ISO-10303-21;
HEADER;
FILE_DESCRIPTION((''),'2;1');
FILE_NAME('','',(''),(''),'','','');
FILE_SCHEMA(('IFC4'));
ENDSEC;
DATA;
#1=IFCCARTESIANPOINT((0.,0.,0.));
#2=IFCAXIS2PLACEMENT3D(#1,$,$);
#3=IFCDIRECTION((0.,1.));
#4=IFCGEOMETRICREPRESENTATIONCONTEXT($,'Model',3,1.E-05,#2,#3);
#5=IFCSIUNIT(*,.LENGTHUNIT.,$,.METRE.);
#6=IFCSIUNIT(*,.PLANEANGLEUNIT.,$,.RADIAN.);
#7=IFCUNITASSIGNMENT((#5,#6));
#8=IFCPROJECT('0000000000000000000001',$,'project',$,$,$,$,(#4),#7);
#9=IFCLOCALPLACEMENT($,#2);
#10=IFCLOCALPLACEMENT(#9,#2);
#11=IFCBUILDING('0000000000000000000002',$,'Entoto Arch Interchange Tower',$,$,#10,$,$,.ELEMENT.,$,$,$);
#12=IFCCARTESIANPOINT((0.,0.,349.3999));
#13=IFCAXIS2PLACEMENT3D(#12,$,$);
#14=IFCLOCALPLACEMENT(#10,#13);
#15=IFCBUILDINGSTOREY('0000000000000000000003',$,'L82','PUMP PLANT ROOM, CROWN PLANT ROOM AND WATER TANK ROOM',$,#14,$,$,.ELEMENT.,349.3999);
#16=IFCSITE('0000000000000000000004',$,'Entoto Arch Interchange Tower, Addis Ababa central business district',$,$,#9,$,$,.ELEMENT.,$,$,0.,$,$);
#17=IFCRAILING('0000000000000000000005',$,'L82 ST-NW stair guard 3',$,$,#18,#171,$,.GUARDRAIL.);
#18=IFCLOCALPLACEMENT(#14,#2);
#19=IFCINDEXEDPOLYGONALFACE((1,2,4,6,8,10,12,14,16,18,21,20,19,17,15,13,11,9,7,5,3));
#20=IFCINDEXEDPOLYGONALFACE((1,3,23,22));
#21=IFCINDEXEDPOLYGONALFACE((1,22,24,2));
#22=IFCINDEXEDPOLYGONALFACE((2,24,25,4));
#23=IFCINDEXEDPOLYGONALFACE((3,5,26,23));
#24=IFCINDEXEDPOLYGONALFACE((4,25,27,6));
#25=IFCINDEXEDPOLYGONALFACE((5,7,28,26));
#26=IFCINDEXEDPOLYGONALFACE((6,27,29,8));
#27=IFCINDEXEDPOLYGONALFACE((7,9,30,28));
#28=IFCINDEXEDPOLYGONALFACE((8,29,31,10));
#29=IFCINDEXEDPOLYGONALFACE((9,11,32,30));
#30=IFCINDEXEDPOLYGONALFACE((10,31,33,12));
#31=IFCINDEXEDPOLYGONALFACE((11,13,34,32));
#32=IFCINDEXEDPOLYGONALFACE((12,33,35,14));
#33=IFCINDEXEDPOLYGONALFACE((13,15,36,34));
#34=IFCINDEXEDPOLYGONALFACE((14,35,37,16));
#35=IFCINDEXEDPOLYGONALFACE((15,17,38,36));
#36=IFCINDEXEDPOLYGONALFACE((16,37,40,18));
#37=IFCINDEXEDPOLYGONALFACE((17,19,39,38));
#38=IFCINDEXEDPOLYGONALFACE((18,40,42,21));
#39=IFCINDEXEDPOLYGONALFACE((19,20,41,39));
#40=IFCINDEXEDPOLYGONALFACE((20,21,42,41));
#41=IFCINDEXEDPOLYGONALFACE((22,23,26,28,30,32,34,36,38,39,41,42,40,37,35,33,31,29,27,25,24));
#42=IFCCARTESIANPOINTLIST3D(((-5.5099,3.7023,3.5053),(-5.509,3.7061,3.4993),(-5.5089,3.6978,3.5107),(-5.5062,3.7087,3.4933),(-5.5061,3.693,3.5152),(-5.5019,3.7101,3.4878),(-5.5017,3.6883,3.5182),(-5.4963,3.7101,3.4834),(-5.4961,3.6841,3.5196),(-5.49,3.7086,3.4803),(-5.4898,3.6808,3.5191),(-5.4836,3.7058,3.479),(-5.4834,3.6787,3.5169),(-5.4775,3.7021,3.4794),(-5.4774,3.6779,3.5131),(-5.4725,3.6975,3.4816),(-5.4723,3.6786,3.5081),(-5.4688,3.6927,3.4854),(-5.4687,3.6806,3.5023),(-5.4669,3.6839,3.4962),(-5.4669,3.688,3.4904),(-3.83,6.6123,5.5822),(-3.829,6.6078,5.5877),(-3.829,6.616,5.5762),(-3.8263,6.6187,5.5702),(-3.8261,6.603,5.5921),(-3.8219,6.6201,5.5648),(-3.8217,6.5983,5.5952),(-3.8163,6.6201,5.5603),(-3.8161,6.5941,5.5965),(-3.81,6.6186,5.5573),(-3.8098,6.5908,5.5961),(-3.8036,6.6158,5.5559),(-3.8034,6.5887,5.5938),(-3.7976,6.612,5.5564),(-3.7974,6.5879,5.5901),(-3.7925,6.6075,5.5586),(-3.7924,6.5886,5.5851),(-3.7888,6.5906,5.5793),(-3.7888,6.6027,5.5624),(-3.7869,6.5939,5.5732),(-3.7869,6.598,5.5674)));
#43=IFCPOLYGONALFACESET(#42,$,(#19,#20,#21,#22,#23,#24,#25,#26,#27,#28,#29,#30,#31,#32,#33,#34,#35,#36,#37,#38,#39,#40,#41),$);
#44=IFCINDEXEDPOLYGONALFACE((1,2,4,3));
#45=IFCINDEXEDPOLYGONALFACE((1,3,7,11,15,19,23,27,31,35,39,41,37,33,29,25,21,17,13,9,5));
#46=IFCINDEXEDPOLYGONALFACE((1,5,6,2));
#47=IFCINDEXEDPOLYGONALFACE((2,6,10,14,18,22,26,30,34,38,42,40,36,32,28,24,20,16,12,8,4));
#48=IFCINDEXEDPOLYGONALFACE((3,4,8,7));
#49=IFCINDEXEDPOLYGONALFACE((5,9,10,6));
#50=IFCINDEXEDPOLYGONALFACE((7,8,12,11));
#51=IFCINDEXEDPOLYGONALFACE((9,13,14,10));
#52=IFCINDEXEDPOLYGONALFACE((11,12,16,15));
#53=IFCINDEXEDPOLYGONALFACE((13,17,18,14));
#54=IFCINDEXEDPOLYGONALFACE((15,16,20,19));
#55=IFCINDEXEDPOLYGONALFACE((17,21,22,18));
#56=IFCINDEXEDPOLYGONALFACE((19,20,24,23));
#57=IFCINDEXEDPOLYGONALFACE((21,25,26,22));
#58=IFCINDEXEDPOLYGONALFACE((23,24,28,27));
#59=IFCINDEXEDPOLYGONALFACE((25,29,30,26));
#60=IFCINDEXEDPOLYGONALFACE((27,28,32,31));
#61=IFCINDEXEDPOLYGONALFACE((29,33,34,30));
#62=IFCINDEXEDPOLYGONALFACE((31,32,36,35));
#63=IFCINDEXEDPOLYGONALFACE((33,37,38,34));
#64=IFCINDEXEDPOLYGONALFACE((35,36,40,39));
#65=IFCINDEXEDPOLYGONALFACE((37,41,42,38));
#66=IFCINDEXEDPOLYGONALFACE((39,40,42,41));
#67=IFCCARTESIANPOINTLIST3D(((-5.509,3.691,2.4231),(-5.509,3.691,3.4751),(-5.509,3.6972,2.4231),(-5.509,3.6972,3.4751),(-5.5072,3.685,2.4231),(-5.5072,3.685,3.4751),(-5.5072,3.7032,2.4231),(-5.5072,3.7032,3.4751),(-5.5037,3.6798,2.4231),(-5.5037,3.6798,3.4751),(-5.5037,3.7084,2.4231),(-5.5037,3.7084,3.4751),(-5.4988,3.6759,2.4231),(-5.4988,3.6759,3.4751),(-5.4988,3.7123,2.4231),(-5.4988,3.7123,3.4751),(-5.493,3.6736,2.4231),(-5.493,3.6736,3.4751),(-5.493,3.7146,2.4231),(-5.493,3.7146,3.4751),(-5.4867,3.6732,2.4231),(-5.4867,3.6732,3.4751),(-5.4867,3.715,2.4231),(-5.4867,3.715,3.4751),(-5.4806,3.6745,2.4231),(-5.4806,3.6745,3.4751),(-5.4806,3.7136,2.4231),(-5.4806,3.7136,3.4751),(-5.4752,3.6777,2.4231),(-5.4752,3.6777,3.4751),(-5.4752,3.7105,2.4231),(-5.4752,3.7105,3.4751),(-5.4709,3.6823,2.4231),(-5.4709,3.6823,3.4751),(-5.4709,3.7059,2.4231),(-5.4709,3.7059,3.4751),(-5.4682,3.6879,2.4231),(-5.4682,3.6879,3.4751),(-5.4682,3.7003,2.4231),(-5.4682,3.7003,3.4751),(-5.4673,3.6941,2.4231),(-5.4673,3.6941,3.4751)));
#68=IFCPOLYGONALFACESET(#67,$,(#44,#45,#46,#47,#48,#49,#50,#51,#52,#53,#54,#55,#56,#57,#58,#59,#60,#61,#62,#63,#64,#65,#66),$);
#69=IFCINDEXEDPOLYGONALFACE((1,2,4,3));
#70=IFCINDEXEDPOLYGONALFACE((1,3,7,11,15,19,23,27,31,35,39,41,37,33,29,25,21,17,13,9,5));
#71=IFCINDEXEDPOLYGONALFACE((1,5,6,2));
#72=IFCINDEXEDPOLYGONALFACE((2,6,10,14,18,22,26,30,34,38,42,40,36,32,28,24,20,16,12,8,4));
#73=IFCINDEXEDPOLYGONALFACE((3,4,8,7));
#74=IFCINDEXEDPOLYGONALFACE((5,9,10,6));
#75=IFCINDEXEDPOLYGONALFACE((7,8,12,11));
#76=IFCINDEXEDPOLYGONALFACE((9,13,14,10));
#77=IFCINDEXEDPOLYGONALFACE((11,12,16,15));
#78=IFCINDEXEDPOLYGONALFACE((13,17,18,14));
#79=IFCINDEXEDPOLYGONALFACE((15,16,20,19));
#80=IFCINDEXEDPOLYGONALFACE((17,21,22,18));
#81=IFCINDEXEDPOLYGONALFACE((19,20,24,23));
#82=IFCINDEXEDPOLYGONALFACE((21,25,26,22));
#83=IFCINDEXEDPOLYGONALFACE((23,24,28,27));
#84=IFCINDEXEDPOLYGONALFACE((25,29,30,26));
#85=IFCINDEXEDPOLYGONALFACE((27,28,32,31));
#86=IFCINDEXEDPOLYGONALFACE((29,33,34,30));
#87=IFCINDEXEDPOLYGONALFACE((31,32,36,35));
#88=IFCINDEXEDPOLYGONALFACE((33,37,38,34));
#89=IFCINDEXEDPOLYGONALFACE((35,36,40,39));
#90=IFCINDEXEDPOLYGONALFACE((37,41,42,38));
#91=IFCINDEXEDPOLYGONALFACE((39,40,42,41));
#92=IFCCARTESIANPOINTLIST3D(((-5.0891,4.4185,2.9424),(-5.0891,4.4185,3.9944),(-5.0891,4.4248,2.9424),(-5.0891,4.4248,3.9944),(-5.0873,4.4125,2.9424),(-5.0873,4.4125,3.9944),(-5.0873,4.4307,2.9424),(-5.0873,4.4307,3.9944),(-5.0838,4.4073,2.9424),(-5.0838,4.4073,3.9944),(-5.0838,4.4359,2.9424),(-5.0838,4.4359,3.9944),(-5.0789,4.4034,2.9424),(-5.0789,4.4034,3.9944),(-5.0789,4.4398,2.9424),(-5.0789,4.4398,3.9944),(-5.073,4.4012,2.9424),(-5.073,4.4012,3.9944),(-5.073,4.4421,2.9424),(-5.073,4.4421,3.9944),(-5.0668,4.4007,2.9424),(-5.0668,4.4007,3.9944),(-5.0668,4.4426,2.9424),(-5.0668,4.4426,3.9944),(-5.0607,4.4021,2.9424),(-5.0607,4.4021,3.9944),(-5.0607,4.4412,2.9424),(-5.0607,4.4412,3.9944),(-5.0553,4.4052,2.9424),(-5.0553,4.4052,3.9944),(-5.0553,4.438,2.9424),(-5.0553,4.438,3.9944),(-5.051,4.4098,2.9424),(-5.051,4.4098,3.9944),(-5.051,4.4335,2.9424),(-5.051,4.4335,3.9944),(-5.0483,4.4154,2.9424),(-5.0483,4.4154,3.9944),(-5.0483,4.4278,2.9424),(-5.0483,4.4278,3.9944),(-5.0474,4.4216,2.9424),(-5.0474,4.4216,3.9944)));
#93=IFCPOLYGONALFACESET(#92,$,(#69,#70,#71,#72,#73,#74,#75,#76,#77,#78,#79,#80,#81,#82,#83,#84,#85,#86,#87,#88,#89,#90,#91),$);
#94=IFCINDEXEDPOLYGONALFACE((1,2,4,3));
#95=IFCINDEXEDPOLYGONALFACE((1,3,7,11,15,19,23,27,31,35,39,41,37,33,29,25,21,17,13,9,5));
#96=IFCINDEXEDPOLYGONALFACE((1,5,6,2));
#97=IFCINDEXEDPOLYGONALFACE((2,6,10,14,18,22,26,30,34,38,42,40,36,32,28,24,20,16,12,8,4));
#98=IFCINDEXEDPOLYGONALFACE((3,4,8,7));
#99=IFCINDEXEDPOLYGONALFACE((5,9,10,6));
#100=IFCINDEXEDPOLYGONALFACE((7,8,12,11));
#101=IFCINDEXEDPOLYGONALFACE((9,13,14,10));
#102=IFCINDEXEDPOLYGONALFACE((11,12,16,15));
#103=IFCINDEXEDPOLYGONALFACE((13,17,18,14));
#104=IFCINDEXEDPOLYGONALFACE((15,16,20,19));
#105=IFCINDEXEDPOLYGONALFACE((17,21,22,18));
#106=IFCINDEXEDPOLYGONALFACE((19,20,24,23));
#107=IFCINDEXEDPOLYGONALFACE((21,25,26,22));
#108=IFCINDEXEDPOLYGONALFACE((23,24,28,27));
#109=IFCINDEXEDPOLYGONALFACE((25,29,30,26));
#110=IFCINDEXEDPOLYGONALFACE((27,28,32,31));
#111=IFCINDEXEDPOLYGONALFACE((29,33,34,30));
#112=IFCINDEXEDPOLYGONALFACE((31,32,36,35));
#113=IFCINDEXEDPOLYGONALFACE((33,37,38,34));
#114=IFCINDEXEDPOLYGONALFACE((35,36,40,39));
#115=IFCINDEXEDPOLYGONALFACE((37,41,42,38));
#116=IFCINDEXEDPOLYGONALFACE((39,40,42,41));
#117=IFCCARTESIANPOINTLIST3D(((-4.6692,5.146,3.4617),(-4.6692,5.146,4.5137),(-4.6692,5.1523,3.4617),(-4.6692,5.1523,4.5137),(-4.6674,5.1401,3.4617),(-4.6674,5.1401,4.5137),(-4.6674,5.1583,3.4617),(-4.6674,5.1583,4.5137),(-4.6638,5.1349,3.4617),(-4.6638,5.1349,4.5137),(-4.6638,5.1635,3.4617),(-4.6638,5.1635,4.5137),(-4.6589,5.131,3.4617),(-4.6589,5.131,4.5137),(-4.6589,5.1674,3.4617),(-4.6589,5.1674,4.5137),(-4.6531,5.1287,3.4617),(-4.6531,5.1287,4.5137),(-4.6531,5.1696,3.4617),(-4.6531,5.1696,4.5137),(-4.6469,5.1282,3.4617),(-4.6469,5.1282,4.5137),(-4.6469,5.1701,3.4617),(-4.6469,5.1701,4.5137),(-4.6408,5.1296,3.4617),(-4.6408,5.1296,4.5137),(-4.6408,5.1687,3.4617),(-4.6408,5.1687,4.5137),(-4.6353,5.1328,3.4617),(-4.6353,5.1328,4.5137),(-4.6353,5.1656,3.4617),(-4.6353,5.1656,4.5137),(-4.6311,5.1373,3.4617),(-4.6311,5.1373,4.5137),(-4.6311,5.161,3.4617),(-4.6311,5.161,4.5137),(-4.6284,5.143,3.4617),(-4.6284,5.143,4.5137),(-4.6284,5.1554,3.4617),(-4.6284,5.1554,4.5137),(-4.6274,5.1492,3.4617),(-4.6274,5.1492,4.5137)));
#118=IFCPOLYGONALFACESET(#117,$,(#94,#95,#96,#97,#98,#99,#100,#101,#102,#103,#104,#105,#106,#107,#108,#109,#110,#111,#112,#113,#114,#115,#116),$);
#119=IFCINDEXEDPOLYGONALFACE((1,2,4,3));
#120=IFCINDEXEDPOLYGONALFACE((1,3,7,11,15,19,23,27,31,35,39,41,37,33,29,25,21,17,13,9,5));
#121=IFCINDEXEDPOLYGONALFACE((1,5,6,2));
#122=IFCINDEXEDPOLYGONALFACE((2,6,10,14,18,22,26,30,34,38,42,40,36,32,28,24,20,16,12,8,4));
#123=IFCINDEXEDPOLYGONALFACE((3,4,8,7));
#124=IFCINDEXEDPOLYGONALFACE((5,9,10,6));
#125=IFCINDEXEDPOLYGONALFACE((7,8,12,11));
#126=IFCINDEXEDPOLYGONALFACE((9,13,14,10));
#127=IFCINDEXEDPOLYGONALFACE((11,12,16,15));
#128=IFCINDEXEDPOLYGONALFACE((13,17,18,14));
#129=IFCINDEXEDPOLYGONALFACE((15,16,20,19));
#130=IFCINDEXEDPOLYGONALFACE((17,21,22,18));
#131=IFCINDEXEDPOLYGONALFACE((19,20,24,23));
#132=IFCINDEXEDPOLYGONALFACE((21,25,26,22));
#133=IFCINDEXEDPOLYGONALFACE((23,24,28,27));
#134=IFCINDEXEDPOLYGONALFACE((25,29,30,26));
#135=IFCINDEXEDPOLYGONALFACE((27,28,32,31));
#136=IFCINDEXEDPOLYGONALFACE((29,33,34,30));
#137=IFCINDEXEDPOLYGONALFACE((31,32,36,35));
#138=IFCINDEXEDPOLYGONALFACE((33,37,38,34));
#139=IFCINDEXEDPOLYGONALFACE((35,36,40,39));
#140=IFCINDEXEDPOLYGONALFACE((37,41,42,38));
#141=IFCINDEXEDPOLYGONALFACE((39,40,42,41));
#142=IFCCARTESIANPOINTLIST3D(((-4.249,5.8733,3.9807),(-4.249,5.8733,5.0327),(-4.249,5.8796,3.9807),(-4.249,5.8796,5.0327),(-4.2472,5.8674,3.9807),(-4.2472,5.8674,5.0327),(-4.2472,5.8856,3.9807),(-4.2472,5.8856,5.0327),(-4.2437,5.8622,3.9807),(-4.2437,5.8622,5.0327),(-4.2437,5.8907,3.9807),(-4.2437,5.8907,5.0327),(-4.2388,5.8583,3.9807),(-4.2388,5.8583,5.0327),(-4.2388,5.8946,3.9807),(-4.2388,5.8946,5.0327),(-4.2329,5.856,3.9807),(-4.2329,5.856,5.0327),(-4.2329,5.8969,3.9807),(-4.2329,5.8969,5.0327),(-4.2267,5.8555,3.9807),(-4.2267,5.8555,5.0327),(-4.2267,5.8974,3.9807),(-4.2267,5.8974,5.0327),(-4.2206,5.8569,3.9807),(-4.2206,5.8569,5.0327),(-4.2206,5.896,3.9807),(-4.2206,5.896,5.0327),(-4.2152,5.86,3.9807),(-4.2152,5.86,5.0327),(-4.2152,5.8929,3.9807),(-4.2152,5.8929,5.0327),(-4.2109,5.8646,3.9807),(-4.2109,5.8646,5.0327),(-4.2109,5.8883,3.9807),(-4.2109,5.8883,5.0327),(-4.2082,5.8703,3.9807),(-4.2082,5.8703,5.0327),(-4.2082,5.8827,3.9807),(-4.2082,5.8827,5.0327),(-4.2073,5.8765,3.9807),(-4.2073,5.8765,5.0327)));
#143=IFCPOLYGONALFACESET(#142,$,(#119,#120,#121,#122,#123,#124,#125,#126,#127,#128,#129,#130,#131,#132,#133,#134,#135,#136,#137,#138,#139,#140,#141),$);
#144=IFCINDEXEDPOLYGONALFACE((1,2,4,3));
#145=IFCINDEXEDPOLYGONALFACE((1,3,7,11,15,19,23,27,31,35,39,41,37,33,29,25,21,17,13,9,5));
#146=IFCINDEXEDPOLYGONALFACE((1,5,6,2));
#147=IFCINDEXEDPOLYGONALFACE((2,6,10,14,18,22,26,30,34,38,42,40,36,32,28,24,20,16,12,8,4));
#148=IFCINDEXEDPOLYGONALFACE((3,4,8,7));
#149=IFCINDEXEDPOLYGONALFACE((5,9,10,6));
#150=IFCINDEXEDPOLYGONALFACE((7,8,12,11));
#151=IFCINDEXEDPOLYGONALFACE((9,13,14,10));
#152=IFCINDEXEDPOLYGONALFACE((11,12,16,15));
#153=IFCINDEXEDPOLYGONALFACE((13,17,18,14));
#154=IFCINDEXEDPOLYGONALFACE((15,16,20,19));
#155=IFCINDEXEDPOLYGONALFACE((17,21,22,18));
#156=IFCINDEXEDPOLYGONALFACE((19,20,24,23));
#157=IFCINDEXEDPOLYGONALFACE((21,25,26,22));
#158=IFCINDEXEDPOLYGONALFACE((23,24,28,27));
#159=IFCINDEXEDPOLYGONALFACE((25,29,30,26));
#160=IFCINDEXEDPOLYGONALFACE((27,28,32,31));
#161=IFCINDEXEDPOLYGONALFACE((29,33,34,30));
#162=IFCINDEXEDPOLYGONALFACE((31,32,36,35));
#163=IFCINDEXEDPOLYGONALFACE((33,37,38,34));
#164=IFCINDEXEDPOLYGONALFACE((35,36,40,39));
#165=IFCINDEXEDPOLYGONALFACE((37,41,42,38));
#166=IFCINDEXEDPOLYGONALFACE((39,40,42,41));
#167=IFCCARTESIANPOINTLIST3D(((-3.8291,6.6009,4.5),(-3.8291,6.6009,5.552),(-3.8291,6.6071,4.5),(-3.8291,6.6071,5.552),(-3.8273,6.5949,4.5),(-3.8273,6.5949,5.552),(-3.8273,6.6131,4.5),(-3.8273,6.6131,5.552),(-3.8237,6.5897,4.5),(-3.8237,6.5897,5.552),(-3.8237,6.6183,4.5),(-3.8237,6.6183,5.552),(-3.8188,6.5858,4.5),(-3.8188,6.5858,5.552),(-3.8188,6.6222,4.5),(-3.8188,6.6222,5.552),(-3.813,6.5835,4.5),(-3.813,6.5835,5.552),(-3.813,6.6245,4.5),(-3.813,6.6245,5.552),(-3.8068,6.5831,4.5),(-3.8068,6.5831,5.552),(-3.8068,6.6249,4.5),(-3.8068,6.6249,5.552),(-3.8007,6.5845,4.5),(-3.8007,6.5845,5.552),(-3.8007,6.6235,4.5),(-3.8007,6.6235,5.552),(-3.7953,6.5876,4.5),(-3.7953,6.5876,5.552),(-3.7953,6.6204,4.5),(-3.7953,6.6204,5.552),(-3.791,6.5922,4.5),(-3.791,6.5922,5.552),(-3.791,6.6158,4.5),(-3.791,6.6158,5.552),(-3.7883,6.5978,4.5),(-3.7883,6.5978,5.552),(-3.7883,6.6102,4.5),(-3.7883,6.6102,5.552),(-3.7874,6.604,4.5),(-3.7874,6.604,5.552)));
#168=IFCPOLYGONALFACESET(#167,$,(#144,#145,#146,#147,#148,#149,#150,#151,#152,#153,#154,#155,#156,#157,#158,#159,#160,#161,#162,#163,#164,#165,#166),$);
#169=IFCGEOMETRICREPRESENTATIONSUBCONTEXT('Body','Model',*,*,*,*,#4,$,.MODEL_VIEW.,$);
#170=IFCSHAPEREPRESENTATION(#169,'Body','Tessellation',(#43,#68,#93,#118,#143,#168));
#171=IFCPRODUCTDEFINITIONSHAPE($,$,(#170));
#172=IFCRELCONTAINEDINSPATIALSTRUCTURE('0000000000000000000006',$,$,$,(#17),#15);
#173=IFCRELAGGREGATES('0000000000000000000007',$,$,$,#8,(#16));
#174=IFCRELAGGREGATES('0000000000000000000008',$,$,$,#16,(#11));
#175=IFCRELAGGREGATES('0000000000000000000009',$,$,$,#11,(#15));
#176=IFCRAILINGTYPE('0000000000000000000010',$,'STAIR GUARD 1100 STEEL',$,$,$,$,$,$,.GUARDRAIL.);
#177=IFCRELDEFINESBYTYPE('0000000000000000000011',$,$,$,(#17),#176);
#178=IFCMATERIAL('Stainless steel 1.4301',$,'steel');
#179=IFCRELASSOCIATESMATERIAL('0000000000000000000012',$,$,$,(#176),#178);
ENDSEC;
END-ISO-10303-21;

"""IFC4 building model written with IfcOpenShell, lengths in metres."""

from ifc_helpers import new_model, si_unit, direction, frame, origin, origin_2d, place, context, subcontext, project, spatial, circle, extrude, material, type_object, element, save


model = new_model("IFC4")

# Units and contexts
model_context = context("Model", 3, precision=1e-05, world=origin(), true_north=direction((0.0, 1.0)))
body_context = subcontext(model_context, "Body", "Model", "MODEL_VIEW")
ifc_project = project(units=[si_unit("LENGTHUNIT", "METRE"), si_unit("PLANEANGLEUNIT", "RADIAN")], contexts=[model_context])

# Site, building, storey
site_placement = place(None, origin())
site = spatial("IfcSite", under=ifc_project, at=site_placement, Name="Entoto Arch Interchange Tower, Addis Ababa central business district", CompositionType="ELEMENT", RefElevation=0.0)
building_placement = place(site_placement, origin())
building = spatial("IfcBuilding", under=site, at=building_placement, Name="Entoto Arch Interchange Tower", CompositionType="ELEMENT")
storey_placement = place(building_placement, frame((0.0, 0.0, 349.3999)))
storey = spatial("IfcBuildingStorey", under=building, at=storey_placement, Name="L82", Description="PUMP PLANT ROOM, CROWN PLANT ROOM AND WATER TANK ROOM", CompositionType="ELEMENT", Elevation=349.3999)

# Railing
ifc_material_1 = material(Name="Stainless steel 1.4301", Category="steel")
railing_type_1 = type_object("IfcRailingType", Name="STAIR GUARD 1100 STEEL", PredefinedType="GUARDRAIL", material=ifc_material_1)
railing_1_placement = place(storey_placement, frame((-5.4883, 3.6941, 2.4231)))
element("IfcRailing", 1, at=railing_1_placement, inside=storey, type_object=railing_type_1, Name="L82 ST-NW stair guard 3", PredefinedType="GUARDRAIL", context=body_context, shape_type="SweptSolid", body=[
    extrude(circle(Radius=0.0239, at=origin_2d()), frame((0.0, 0.0, 1.0762), z_axis=(0.425288, 0.736668, 0.525785), x_axis=(-0.866039, 0.499976, 0.0)), (0.0, 0.0, 1.0), 3.9502),
    extrude(circle(Radius=0.021, at=origin_2d()), origin(), (0.0, 0.0, 1.0), 1.052),
    extrude(circle(Radius=0.021, at=origin_2d()), frame((0.4199, 0.7275, 0.5193)), (0.0, 0.0, 1.0), 1.052),
    extrude(circle(Radius=0.021, at=origin_2d()), frame((0.8398, 1.4551, 1.0386)), (0.0, 0.0, 1.0), 1.052),
    extrude(circle(Radius=0.021, at=origin_2d()), frame((1.26, 2.1824, 1.5576)), (0.0, 0.0, 1.0), 1.052),
    extrude(circle(Radius=0.021, at=origin_2d()), frame((1.6799, 2.9099, 2.0769)), (0.0, 0.0, 1.0), 1.052),
])

save(model, "model.ifc")
